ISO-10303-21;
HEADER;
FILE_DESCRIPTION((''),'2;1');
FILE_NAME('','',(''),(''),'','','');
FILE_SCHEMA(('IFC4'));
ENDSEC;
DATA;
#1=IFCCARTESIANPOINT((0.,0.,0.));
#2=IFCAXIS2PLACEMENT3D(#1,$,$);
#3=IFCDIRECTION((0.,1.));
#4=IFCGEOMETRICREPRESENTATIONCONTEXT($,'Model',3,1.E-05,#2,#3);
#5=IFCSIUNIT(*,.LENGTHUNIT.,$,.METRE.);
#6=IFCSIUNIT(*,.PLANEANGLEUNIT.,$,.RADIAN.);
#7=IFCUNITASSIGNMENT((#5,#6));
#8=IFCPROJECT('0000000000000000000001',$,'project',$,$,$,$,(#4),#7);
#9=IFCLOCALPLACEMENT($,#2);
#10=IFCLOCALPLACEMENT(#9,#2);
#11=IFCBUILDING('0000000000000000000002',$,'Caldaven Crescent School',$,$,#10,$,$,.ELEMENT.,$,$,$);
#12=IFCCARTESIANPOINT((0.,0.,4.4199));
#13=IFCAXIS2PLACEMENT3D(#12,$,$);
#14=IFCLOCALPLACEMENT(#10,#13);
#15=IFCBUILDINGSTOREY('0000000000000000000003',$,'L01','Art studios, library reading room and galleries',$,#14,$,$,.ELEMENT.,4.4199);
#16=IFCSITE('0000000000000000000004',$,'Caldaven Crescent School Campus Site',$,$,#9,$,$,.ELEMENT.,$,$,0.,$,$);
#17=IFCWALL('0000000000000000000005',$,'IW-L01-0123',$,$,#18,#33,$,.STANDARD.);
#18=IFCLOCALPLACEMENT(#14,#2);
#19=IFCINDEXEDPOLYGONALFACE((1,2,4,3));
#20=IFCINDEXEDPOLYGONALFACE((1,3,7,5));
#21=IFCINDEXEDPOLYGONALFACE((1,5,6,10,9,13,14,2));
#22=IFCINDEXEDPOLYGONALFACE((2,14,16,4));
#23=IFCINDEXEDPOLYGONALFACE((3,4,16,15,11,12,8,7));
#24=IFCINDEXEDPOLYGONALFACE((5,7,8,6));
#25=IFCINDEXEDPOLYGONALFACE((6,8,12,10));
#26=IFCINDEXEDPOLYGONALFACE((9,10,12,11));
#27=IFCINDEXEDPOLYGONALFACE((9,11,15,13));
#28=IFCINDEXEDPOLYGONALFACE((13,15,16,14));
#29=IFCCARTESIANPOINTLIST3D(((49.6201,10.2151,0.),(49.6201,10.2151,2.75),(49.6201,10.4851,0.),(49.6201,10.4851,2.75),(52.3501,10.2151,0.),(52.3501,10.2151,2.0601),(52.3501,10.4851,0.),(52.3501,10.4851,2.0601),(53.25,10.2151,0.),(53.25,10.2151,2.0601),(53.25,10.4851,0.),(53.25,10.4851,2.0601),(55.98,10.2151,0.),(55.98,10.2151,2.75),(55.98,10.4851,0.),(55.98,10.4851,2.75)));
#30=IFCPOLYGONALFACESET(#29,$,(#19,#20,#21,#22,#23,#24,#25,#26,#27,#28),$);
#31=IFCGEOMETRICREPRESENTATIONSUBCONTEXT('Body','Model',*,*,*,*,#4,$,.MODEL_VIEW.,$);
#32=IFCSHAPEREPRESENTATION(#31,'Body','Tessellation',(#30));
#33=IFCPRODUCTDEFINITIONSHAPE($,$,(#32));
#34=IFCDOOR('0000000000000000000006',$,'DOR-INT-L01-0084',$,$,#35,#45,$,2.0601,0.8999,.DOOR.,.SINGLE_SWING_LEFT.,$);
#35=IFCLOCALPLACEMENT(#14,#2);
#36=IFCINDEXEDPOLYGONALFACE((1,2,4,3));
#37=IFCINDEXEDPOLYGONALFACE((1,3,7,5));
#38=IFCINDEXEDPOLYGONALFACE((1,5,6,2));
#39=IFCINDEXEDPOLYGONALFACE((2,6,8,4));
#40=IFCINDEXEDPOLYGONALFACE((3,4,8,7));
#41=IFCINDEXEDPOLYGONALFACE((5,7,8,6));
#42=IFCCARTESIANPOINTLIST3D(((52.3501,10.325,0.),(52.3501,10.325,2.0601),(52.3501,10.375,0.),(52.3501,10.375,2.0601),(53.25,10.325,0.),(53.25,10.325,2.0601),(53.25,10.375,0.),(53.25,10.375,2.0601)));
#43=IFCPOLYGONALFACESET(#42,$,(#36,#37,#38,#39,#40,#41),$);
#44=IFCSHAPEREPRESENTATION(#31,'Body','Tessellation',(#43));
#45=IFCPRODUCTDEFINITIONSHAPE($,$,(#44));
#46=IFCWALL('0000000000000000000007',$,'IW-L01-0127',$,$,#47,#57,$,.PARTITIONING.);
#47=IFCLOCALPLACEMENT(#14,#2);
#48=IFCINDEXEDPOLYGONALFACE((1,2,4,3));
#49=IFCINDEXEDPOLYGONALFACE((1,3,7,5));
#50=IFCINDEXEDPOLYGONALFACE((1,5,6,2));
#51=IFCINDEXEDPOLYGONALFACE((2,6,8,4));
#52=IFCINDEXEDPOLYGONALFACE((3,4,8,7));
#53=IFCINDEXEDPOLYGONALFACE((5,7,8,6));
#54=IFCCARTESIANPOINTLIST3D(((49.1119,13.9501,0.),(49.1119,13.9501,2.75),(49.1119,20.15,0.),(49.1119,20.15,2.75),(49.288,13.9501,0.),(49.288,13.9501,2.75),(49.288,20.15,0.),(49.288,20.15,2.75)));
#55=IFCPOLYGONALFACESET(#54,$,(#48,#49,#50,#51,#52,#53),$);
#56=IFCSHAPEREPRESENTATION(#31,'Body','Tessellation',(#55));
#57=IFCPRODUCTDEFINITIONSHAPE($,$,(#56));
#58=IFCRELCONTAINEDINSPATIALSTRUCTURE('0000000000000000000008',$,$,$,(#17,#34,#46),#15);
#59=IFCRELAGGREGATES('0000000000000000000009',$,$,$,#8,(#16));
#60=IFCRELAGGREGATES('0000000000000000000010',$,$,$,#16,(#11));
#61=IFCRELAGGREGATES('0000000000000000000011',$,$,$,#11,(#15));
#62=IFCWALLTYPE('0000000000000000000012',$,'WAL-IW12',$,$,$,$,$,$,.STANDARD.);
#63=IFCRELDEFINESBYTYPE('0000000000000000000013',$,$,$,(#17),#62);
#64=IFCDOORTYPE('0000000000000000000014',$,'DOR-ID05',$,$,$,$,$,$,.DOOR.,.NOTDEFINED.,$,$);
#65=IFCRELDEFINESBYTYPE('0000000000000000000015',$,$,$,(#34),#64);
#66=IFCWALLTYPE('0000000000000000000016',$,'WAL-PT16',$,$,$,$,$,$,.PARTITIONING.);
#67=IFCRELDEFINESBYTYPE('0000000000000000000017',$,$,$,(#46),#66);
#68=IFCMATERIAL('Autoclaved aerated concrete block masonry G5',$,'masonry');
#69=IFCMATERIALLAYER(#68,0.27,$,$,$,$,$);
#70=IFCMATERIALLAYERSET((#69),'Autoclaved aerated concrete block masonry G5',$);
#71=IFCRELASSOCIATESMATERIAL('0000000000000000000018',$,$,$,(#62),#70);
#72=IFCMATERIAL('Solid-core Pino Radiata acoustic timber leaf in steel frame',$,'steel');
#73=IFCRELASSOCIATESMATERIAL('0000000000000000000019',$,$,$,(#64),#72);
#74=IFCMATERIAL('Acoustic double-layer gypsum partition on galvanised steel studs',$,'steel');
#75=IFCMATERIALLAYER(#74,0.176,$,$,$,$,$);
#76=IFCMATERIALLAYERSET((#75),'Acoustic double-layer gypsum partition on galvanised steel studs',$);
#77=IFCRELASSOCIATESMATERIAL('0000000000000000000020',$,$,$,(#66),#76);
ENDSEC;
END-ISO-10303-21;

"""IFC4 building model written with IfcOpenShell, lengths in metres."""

from ifc_helpers import new_model, si_unit, direction, frame, frame_2d, origin, place, context, subcontext, project, spatial, rectangle, extrude, material, layer, layer_set, type_object, element, fill, save


model = new_model("IFC4")

# Units and contexts
model_context = context("Model", 3, precision=1e-05, world=origin(), true_north=direction((0.0, 1.0)))
body_context = subcontext(model_context, "Body", "Model", "MODEL_VIEW")
ifc_project = project(units=[si_unit("LENGTHUNIT", "METRE"), si_unit("PLANEANGLEUNIT", "RADIAN")], contexts=[model_context])

# Site, building, storey
site_placement = place(None, origin())
site = spatial("IfcSite", under=ifc_project, at=site_placement, Name="Caldaven Crescent School Campus Site", CompositionType="ELEMENT", RefElevation=0.0)
building_placement = place(site_placement, origin())
building = spatial("IfcBuilding", under=site, at=building_placement, Name="Caldaven Crescent School", CompositionType="ELEMENT")
storey_placement = place(building_placement, frame((0.0, 0.0, 4.4199)))
storey = spatial("IfcBuildingStorey", under=building, at=storey_placement, Name="L01", Description="Art studios, library reading room and galleries", CompositionType="ELEMENT", Elevation=4.4199)

# Wall, opening, door
ifc_material_1 = material(Name="Autoclaved aerated concrete block masonry G5", Category="masonry")
ifc_layer_1 = layer(ifc_material_1, 0.27)
ifc_layer_set_1 = layer_set([ifc_layer_1], Name="Autoclaved aerated concrete block masonry G5")
wall_type_1 = type_object("IfcWallType", Name="WAL-IW12", PredefinedType="STANDARD", material=ifc_layer_set_1)
wall_1_placement = place(storey_placement, frame((49.6201, 10.3501, 0.0), z_axis=(0.0, 0.0, 1.0), x_axis=(1.0, 0.0, 0.0)))
wall_1 = element("IfcWall", 1, at=wall_1_placement, inside=storey, type_object=wall_type_1, Name="IW-L01-0123", PredefinedType="STANDARD", context=body_context, shape_type="SweptSolid", body=[
    extrude(rectangle(XDim=6.3599, YDim=0.27, at=frame_2d((3.1799, 0.0))), origin(), (0.0, 0.0, 1.0), 2.75),
])
opening_1_placement = place(wall_1_placement, frame((2.73, 0.0, 0.0)))
opening_1 = element("IfcOpeningElement", 2, at=opening_1_placement, cuts=wall_1, PredefinedType="OPENING", context=body_context, shape_type="SweptSolid", body=[
    extrude(rectangle(XDim=0.8999, YDim=2.0601, at=frame_2d((0.45, 1.03))), frame((0.0, 0.145, 0.0), z_axis=(0.0, -1.0, 0.0), x_axis=(1.0, 0.0, 0.0)), (0.0, 0.0, 1.0), 0.29),
])
ifc_material_2 = material(Name="Solid-core Pino Radiata acoustic timber leaf in steel frame", Category="steel")
door_type_1 = type_object("IfcDoorType", Name="DOR-ID05", OperationType="NOTDEFINED", PredefinedType="DOOR", material=ifc_material_2)
door_1_placement = place(opening_1_placement, origin())
door_1 = element("IfcDoor", 3, at=door_1_placement, inside=storey, type_object=door_type_1, Name="DOR-INT-L01-0084", OperationType="SINGLE_SWING_LEFT", OverallHeight=2.0601, OverallWidth=0.8999, PredefinedType="DOOR", context=body_context, shape_type="SweptSolid", body=[
    extrude(rectangle(XDim=0.8999, YDim=2.0601, at=frame_2d((0.45, 1.03))), frame((0.0, 0.0249, 0.0), z_axis=(0.0, -1.0, 0.0), x_axis=(1.0, 0.0, 0.0)), (0.0, 0.0, 1.0), 0.05),
])
fill(opening_1, door_1)

# Wall
ifc_material_3 = material(Name="Acoustic double-layer gypsum partition on galvanised steel studs", Category="steel")
ifc_layer_2 = layer(ifc_material_3, 0.176)
ifc_layer_set_2 = layer_set([ifc_layer_2], Name="Acoustic double-layer gypsum partition on galvanised steel studs")
wall_type_2 = type_object("IfcWallType", Name="WAL-PT16", PredefinedType="PARTITIONING", material=ifc_layer_set_2)
wall_2_placement = place(storey_placement, frame((49.2, 13.95, 0.0), z_axis=(0.0, 0.0, 1.0), x_axis=(0.0, 1.0, 0.0)))
element("IfcWall", 4, at=wall_2_placement, inside=storey, type_object=wall_type_2, Name="IW-L01-0127", PredefinedType="PARTITIONING", context=body_context, shape_type="SweptSolid", body=[
    extrude(rectangle(XDim=6.2, YDim=0.176, at=frame_2d((3.1001, 0.0))), origin(), (0.0, 0.0, 1.0), 2.75),
])

save(model, "model.ifc")
